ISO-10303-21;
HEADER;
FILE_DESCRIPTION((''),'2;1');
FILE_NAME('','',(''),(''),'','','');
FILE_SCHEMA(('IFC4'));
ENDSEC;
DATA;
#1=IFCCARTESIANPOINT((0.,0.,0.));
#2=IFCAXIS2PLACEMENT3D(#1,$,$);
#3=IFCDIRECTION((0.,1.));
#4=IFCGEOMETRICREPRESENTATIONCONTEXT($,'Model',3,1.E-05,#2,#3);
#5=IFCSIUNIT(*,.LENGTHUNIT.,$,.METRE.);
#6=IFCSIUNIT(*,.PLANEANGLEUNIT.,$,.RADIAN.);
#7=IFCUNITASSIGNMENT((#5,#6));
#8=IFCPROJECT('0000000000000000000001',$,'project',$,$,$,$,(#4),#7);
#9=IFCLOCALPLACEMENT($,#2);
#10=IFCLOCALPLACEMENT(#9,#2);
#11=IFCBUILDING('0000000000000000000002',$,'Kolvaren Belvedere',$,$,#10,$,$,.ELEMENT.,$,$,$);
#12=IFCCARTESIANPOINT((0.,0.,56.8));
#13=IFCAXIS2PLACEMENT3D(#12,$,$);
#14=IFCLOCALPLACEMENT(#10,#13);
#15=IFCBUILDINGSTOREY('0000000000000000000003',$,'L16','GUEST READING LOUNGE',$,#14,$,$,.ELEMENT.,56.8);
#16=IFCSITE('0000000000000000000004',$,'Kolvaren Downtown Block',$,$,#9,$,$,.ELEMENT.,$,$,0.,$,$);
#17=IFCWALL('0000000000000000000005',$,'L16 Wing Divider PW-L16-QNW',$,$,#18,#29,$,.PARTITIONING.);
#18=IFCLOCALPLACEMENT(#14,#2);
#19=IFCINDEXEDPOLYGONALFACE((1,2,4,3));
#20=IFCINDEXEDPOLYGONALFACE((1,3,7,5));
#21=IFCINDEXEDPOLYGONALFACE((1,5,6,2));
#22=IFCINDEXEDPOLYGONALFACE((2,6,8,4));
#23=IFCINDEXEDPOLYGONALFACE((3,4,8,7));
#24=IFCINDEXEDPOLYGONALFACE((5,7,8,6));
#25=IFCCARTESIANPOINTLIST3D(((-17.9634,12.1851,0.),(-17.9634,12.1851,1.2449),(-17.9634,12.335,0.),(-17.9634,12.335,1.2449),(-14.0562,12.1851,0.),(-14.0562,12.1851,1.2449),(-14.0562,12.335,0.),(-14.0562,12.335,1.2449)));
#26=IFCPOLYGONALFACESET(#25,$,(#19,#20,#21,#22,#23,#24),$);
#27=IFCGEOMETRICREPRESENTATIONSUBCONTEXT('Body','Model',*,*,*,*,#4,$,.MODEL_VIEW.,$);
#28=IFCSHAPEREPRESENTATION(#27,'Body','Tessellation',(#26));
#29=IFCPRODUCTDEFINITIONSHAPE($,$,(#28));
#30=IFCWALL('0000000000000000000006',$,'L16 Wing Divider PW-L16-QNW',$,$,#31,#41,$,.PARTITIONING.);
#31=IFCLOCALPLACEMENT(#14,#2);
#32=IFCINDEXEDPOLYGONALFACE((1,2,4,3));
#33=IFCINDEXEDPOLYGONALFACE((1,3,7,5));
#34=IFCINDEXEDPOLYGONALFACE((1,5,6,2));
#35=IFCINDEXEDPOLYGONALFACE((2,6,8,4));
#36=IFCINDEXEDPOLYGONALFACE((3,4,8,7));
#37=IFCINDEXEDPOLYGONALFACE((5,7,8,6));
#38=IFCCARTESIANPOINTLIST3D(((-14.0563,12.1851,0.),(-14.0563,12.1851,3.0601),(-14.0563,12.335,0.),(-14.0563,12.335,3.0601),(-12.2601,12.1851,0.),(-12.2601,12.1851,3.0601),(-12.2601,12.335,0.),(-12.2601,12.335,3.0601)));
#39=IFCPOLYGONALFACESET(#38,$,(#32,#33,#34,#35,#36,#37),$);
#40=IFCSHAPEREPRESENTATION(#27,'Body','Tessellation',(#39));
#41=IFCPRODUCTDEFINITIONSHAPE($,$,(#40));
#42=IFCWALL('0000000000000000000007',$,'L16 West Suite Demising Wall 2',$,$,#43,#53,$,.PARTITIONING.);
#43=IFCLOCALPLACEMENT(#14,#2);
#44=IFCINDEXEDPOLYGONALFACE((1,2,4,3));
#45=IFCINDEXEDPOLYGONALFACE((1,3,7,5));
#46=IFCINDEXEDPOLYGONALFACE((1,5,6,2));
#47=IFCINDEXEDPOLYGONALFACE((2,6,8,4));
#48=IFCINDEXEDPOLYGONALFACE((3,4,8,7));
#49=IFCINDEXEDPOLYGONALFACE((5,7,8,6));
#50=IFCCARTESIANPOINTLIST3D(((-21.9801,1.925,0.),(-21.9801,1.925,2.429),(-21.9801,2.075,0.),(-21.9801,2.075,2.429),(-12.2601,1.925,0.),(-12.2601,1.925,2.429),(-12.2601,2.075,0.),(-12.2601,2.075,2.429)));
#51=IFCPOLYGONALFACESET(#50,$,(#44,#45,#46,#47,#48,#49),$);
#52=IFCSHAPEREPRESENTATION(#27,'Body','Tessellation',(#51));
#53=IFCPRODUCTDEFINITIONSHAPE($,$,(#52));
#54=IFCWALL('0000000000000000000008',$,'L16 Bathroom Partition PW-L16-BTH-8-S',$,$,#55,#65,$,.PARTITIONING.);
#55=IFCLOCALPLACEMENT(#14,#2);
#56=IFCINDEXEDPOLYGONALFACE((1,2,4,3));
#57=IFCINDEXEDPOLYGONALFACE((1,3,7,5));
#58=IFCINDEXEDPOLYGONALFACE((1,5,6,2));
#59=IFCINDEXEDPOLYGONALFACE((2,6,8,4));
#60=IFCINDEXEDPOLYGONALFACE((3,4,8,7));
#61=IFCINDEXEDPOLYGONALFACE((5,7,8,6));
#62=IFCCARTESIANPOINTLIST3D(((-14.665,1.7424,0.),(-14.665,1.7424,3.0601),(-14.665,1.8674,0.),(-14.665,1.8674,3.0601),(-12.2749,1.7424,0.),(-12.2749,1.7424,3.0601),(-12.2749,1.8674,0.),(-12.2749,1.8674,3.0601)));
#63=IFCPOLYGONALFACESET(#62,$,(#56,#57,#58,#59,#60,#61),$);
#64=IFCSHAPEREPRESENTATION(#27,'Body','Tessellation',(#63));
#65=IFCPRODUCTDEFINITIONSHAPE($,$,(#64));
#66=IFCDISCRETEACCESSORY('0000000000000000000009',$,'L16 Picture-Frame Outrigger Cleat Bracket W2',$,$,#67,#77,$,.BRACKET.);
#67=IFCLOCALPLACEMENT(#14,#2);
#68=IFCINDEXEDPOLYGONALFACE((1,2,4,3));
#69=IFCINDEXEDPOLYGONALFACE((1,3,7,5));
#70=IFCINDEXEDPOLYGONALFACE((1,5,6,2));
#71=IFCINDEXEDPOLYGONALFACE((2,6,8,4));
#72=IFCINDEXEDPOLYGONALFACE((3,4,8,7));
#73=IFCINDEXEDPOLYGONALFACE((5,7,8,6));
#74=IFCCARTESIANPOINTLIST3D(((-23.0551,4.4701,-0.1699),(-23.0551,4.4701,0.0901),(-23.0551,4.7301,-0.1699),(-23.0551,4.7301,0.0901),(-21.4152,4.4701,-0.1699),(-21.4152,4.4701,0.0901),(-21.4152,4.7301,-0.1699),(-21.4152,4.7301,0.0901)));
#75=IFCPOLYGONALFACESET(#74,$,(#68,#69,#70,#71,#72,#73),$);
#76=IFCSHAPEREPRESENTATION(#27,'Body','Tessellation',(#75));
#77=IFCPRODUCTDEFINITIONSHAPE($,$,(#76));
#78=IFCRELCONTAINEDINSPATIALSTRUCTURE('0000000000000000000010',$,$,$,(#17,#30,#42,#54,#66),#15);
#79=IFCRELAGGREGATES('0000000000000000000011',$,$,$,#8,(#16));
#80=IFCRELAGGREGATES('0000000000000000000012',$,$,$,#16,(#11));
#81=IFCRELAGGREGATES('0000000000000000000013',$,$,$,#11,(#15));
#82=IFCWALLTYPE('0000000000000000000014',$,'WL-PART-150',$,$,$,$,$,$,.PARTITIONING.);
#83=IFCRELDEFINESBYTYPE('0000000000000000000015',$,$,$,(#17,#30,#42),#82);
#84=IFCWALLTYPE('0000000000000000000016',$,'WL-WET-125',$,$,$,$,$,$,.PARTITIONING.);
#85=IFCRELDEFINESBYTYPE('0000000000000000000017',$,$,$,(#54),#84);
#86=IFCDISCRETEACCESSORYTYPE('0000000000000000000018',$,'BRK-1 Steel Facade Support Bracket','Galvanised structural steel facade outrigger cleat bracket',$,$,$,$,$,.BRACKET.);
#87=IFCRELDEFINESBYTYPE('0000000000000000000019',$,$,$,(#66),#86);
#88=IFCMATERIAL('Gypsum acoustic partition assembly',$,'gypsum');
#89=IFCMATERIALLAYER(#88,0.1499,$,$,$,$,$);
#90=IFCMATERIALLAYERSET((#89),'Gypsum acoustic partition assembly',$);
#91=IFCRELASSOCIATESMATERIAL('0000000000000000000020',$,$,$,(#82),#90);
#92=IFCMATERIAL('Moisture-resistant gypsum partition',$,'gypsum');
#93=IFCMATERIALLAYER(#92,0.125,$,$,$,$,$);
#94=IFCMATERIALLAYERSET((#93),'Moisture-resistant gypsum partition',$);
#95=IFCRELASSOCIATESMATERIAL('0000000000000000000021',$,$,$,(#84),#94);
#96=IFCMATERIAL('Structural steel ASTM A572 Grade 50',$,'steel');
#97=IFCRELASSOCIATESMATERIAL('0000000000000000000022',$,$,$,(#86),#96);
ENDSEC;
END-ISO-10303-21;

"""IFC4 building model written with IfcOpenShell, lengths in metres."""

from ifc_helpers import new_model, si_unit, direction, frame, frame_2d, origin, origin_2d, place, context, subcontext, project, spatial, rectangle, extrude, material, layer, layer_set, type_object, element, save


model = new_model("IFC4")

# Units and contexts
model_context = context("Model", 3, precision=1e-05, world=origin(), true_north=direction((0.0, 1.0)))
body_context = subcontext(model_context, "Body", "Model", "MODEL_VIEW")
ifc_project = project(units=[si_unit("LENGTHUNIT", "METRE"), si_unit("PLANEANGLEUNIT", "RADIAN")], contexts=[model_context])

# Site, building, storey
site_placement = place(None, origin())
site = spatial("IfcSite", under=ifc_project, at=site_placement, Name="Kolvaren Downtown Block", CompositionType="ELEMENT", RefElevation=0.0)
building_placement = place(site_placement, origin())
building = spatial("IfcBuilding", under=site, at=building_placement, Name="Kolvaren Belvedere", CompositionType="ELEMENT")
storey_placement = place(building_placement, frame((0.0, 0.0, 56.8)))
storey = spatial("IfcBuildingStorey", under=building, at=storey_placement, Name="L16", Description="GUEST READING LOUNGE", CompositionType="ELEMENT", Elevation=56.8)

# Walls
ifc_material_1 = material(Name="Gypsum acoustic partition assembly", Category="gypsum")
ifc_layer_1 = layer(ifc_material_1, 0.1499)
ifc_layer_set_1 = layer_set([ifc_layer_1], Name="Gypsum acoustic partition assembly")
wall_type_1 = type_object("IfcWallType", Name="WL-PART-150", PredefinedType="PARTITIONING", material=ifc_layer_set_1)
wall_1_placement = place(storey_placement, frame((-17.9634, 12.26, 0.0), z_axis=(0.0, 0.0, 1.0), x_axis=(1.0, 0.0, 0.0)))
element("IfcWall", 1, at=wall_1_placement, inside=storey, type_object=wall_type_1, Name="L16 Wing Divider PW-L16-QNW", PredefinedType="PARTITIONING", context=body_context, shape_type="SweptSolid", body=[
    extrude(rectangle(XDim=3.9072, YDim=0.1499, at=frame_2d((1.9536, 0.0))), origin(), (0.0, 0.0, 1.0), 1.2449),
])
wall_2_placement = place(storey_placement, frame((-14.0562, 12.26, 0.0), z_axis=(0.0, 0.0, 1.0), x_axis=(1.0, 0.0, 0.0)))
element("IfcWall", 2, at=wall_2_placement, inside=storey, type_object=wall_type_1, Name="L16 Wing Divider PW-L16-QNW", PredefinedType="PARTITIONING", context=body_context, shape_type="SweptSolid", body=[
    extrude(rectangle(XDim=1.7961, YDim=0.1499, at=frame_2d((0.8979, 0.0))), origin(), (0.0, 0.0, 1.0), 3.0601),
])
wall_3_placement = place(storey_placement, frame((-21.98, 2.0, 0.0), z_axis=(0.0, 0.0, 1.0), x_axis=(1.0, 0.0, 0.0)))
element("IfcWall", 3, at=wall_3_placement, inside=storey, type_object=wall_type_1, Name="L16 West Suite Demising Wall 2", PredefinedType="PARTITIONING", context=body_context, shape_type="SweptSolid", body=[
    extrude(rectangle(XDim=9.72, YDim=0.1499, at=frame_2d((4.8599, 0.0))), origin(), (0.0, 0.0, 1.0), 2.429),
])
ifc_material_2 = material(Name="Moisture-resistant gypsum partition", Category="gypsum")
ifc_layer_2 = layer(ifc_material_2, 0.125)
ifc_layer_set_2 = layer_set([ifc_layer_2], Name="Moisture-resistant gypsum partition")
wall_type_2 = type_object("IfcWallType", Name="WL-WET-125", PredefinedType="PARTITIONING", material=ifc_layer_set_2)
wall_4_placement = place(storey_placement, frame((-14.665, 1.8049, 0.0), z_axis=(0.0, 0.0, 1.0), x_axis=(1.0, 0.0, 0.0)))
element("IfcWall", 4, at=wall_4_placement, inside=storey, type_object=wall_type_2, Name="L16 Bathroom Partition PW-L16-BTH-8-S", PredefinedType="PARTITIONING", context=body_context, shape_type="SweptSolid", body=[
    extrude(rectangle(XDim=2.3901, YDim=0.125, at=frame_2d((1.1951, 0.0))), origin(), (0.0, 0.0, 1.0), 3.0601),
])

# Discrete accessory
ifc_material_3 = material(Name="Structural steel ASTM A572 Grade 50", Category="steel")
discrete_accessory_type = type_object("IfcDiscreteAccessoryType", Name="BRK-1 Steel Facade Support Bracket", Description="Galvanised structural steel facade outrigger cleat bracket", PredefinedType="BRACKET", material=ifc_material_3)
discrete_accessory_placement = place(storey_placement, frame((-22.2351, 4.6001, -0.1699), z_axis=(0.0, 0.0, 1.0), x_axis=(1.0, 0.0, 0.0)))
element("IfcDiscreteAccessory", 5, at=discrete_accessory_placement, inside=storey, type_object=discrete_accessory_type, Name="L16 Picture-Frame Outrigger Cleat Bracket W2", PredefinedType="BRACKET", context=body_context, shape_type="SweptSolid", body=[
    extrude(rectangle(XDim=1.6399, YDim=0.26, at=origin_2d()), origin(), (0.0, 0.0, 1.0), 0.26),
])

save(model, "model.ifc")
